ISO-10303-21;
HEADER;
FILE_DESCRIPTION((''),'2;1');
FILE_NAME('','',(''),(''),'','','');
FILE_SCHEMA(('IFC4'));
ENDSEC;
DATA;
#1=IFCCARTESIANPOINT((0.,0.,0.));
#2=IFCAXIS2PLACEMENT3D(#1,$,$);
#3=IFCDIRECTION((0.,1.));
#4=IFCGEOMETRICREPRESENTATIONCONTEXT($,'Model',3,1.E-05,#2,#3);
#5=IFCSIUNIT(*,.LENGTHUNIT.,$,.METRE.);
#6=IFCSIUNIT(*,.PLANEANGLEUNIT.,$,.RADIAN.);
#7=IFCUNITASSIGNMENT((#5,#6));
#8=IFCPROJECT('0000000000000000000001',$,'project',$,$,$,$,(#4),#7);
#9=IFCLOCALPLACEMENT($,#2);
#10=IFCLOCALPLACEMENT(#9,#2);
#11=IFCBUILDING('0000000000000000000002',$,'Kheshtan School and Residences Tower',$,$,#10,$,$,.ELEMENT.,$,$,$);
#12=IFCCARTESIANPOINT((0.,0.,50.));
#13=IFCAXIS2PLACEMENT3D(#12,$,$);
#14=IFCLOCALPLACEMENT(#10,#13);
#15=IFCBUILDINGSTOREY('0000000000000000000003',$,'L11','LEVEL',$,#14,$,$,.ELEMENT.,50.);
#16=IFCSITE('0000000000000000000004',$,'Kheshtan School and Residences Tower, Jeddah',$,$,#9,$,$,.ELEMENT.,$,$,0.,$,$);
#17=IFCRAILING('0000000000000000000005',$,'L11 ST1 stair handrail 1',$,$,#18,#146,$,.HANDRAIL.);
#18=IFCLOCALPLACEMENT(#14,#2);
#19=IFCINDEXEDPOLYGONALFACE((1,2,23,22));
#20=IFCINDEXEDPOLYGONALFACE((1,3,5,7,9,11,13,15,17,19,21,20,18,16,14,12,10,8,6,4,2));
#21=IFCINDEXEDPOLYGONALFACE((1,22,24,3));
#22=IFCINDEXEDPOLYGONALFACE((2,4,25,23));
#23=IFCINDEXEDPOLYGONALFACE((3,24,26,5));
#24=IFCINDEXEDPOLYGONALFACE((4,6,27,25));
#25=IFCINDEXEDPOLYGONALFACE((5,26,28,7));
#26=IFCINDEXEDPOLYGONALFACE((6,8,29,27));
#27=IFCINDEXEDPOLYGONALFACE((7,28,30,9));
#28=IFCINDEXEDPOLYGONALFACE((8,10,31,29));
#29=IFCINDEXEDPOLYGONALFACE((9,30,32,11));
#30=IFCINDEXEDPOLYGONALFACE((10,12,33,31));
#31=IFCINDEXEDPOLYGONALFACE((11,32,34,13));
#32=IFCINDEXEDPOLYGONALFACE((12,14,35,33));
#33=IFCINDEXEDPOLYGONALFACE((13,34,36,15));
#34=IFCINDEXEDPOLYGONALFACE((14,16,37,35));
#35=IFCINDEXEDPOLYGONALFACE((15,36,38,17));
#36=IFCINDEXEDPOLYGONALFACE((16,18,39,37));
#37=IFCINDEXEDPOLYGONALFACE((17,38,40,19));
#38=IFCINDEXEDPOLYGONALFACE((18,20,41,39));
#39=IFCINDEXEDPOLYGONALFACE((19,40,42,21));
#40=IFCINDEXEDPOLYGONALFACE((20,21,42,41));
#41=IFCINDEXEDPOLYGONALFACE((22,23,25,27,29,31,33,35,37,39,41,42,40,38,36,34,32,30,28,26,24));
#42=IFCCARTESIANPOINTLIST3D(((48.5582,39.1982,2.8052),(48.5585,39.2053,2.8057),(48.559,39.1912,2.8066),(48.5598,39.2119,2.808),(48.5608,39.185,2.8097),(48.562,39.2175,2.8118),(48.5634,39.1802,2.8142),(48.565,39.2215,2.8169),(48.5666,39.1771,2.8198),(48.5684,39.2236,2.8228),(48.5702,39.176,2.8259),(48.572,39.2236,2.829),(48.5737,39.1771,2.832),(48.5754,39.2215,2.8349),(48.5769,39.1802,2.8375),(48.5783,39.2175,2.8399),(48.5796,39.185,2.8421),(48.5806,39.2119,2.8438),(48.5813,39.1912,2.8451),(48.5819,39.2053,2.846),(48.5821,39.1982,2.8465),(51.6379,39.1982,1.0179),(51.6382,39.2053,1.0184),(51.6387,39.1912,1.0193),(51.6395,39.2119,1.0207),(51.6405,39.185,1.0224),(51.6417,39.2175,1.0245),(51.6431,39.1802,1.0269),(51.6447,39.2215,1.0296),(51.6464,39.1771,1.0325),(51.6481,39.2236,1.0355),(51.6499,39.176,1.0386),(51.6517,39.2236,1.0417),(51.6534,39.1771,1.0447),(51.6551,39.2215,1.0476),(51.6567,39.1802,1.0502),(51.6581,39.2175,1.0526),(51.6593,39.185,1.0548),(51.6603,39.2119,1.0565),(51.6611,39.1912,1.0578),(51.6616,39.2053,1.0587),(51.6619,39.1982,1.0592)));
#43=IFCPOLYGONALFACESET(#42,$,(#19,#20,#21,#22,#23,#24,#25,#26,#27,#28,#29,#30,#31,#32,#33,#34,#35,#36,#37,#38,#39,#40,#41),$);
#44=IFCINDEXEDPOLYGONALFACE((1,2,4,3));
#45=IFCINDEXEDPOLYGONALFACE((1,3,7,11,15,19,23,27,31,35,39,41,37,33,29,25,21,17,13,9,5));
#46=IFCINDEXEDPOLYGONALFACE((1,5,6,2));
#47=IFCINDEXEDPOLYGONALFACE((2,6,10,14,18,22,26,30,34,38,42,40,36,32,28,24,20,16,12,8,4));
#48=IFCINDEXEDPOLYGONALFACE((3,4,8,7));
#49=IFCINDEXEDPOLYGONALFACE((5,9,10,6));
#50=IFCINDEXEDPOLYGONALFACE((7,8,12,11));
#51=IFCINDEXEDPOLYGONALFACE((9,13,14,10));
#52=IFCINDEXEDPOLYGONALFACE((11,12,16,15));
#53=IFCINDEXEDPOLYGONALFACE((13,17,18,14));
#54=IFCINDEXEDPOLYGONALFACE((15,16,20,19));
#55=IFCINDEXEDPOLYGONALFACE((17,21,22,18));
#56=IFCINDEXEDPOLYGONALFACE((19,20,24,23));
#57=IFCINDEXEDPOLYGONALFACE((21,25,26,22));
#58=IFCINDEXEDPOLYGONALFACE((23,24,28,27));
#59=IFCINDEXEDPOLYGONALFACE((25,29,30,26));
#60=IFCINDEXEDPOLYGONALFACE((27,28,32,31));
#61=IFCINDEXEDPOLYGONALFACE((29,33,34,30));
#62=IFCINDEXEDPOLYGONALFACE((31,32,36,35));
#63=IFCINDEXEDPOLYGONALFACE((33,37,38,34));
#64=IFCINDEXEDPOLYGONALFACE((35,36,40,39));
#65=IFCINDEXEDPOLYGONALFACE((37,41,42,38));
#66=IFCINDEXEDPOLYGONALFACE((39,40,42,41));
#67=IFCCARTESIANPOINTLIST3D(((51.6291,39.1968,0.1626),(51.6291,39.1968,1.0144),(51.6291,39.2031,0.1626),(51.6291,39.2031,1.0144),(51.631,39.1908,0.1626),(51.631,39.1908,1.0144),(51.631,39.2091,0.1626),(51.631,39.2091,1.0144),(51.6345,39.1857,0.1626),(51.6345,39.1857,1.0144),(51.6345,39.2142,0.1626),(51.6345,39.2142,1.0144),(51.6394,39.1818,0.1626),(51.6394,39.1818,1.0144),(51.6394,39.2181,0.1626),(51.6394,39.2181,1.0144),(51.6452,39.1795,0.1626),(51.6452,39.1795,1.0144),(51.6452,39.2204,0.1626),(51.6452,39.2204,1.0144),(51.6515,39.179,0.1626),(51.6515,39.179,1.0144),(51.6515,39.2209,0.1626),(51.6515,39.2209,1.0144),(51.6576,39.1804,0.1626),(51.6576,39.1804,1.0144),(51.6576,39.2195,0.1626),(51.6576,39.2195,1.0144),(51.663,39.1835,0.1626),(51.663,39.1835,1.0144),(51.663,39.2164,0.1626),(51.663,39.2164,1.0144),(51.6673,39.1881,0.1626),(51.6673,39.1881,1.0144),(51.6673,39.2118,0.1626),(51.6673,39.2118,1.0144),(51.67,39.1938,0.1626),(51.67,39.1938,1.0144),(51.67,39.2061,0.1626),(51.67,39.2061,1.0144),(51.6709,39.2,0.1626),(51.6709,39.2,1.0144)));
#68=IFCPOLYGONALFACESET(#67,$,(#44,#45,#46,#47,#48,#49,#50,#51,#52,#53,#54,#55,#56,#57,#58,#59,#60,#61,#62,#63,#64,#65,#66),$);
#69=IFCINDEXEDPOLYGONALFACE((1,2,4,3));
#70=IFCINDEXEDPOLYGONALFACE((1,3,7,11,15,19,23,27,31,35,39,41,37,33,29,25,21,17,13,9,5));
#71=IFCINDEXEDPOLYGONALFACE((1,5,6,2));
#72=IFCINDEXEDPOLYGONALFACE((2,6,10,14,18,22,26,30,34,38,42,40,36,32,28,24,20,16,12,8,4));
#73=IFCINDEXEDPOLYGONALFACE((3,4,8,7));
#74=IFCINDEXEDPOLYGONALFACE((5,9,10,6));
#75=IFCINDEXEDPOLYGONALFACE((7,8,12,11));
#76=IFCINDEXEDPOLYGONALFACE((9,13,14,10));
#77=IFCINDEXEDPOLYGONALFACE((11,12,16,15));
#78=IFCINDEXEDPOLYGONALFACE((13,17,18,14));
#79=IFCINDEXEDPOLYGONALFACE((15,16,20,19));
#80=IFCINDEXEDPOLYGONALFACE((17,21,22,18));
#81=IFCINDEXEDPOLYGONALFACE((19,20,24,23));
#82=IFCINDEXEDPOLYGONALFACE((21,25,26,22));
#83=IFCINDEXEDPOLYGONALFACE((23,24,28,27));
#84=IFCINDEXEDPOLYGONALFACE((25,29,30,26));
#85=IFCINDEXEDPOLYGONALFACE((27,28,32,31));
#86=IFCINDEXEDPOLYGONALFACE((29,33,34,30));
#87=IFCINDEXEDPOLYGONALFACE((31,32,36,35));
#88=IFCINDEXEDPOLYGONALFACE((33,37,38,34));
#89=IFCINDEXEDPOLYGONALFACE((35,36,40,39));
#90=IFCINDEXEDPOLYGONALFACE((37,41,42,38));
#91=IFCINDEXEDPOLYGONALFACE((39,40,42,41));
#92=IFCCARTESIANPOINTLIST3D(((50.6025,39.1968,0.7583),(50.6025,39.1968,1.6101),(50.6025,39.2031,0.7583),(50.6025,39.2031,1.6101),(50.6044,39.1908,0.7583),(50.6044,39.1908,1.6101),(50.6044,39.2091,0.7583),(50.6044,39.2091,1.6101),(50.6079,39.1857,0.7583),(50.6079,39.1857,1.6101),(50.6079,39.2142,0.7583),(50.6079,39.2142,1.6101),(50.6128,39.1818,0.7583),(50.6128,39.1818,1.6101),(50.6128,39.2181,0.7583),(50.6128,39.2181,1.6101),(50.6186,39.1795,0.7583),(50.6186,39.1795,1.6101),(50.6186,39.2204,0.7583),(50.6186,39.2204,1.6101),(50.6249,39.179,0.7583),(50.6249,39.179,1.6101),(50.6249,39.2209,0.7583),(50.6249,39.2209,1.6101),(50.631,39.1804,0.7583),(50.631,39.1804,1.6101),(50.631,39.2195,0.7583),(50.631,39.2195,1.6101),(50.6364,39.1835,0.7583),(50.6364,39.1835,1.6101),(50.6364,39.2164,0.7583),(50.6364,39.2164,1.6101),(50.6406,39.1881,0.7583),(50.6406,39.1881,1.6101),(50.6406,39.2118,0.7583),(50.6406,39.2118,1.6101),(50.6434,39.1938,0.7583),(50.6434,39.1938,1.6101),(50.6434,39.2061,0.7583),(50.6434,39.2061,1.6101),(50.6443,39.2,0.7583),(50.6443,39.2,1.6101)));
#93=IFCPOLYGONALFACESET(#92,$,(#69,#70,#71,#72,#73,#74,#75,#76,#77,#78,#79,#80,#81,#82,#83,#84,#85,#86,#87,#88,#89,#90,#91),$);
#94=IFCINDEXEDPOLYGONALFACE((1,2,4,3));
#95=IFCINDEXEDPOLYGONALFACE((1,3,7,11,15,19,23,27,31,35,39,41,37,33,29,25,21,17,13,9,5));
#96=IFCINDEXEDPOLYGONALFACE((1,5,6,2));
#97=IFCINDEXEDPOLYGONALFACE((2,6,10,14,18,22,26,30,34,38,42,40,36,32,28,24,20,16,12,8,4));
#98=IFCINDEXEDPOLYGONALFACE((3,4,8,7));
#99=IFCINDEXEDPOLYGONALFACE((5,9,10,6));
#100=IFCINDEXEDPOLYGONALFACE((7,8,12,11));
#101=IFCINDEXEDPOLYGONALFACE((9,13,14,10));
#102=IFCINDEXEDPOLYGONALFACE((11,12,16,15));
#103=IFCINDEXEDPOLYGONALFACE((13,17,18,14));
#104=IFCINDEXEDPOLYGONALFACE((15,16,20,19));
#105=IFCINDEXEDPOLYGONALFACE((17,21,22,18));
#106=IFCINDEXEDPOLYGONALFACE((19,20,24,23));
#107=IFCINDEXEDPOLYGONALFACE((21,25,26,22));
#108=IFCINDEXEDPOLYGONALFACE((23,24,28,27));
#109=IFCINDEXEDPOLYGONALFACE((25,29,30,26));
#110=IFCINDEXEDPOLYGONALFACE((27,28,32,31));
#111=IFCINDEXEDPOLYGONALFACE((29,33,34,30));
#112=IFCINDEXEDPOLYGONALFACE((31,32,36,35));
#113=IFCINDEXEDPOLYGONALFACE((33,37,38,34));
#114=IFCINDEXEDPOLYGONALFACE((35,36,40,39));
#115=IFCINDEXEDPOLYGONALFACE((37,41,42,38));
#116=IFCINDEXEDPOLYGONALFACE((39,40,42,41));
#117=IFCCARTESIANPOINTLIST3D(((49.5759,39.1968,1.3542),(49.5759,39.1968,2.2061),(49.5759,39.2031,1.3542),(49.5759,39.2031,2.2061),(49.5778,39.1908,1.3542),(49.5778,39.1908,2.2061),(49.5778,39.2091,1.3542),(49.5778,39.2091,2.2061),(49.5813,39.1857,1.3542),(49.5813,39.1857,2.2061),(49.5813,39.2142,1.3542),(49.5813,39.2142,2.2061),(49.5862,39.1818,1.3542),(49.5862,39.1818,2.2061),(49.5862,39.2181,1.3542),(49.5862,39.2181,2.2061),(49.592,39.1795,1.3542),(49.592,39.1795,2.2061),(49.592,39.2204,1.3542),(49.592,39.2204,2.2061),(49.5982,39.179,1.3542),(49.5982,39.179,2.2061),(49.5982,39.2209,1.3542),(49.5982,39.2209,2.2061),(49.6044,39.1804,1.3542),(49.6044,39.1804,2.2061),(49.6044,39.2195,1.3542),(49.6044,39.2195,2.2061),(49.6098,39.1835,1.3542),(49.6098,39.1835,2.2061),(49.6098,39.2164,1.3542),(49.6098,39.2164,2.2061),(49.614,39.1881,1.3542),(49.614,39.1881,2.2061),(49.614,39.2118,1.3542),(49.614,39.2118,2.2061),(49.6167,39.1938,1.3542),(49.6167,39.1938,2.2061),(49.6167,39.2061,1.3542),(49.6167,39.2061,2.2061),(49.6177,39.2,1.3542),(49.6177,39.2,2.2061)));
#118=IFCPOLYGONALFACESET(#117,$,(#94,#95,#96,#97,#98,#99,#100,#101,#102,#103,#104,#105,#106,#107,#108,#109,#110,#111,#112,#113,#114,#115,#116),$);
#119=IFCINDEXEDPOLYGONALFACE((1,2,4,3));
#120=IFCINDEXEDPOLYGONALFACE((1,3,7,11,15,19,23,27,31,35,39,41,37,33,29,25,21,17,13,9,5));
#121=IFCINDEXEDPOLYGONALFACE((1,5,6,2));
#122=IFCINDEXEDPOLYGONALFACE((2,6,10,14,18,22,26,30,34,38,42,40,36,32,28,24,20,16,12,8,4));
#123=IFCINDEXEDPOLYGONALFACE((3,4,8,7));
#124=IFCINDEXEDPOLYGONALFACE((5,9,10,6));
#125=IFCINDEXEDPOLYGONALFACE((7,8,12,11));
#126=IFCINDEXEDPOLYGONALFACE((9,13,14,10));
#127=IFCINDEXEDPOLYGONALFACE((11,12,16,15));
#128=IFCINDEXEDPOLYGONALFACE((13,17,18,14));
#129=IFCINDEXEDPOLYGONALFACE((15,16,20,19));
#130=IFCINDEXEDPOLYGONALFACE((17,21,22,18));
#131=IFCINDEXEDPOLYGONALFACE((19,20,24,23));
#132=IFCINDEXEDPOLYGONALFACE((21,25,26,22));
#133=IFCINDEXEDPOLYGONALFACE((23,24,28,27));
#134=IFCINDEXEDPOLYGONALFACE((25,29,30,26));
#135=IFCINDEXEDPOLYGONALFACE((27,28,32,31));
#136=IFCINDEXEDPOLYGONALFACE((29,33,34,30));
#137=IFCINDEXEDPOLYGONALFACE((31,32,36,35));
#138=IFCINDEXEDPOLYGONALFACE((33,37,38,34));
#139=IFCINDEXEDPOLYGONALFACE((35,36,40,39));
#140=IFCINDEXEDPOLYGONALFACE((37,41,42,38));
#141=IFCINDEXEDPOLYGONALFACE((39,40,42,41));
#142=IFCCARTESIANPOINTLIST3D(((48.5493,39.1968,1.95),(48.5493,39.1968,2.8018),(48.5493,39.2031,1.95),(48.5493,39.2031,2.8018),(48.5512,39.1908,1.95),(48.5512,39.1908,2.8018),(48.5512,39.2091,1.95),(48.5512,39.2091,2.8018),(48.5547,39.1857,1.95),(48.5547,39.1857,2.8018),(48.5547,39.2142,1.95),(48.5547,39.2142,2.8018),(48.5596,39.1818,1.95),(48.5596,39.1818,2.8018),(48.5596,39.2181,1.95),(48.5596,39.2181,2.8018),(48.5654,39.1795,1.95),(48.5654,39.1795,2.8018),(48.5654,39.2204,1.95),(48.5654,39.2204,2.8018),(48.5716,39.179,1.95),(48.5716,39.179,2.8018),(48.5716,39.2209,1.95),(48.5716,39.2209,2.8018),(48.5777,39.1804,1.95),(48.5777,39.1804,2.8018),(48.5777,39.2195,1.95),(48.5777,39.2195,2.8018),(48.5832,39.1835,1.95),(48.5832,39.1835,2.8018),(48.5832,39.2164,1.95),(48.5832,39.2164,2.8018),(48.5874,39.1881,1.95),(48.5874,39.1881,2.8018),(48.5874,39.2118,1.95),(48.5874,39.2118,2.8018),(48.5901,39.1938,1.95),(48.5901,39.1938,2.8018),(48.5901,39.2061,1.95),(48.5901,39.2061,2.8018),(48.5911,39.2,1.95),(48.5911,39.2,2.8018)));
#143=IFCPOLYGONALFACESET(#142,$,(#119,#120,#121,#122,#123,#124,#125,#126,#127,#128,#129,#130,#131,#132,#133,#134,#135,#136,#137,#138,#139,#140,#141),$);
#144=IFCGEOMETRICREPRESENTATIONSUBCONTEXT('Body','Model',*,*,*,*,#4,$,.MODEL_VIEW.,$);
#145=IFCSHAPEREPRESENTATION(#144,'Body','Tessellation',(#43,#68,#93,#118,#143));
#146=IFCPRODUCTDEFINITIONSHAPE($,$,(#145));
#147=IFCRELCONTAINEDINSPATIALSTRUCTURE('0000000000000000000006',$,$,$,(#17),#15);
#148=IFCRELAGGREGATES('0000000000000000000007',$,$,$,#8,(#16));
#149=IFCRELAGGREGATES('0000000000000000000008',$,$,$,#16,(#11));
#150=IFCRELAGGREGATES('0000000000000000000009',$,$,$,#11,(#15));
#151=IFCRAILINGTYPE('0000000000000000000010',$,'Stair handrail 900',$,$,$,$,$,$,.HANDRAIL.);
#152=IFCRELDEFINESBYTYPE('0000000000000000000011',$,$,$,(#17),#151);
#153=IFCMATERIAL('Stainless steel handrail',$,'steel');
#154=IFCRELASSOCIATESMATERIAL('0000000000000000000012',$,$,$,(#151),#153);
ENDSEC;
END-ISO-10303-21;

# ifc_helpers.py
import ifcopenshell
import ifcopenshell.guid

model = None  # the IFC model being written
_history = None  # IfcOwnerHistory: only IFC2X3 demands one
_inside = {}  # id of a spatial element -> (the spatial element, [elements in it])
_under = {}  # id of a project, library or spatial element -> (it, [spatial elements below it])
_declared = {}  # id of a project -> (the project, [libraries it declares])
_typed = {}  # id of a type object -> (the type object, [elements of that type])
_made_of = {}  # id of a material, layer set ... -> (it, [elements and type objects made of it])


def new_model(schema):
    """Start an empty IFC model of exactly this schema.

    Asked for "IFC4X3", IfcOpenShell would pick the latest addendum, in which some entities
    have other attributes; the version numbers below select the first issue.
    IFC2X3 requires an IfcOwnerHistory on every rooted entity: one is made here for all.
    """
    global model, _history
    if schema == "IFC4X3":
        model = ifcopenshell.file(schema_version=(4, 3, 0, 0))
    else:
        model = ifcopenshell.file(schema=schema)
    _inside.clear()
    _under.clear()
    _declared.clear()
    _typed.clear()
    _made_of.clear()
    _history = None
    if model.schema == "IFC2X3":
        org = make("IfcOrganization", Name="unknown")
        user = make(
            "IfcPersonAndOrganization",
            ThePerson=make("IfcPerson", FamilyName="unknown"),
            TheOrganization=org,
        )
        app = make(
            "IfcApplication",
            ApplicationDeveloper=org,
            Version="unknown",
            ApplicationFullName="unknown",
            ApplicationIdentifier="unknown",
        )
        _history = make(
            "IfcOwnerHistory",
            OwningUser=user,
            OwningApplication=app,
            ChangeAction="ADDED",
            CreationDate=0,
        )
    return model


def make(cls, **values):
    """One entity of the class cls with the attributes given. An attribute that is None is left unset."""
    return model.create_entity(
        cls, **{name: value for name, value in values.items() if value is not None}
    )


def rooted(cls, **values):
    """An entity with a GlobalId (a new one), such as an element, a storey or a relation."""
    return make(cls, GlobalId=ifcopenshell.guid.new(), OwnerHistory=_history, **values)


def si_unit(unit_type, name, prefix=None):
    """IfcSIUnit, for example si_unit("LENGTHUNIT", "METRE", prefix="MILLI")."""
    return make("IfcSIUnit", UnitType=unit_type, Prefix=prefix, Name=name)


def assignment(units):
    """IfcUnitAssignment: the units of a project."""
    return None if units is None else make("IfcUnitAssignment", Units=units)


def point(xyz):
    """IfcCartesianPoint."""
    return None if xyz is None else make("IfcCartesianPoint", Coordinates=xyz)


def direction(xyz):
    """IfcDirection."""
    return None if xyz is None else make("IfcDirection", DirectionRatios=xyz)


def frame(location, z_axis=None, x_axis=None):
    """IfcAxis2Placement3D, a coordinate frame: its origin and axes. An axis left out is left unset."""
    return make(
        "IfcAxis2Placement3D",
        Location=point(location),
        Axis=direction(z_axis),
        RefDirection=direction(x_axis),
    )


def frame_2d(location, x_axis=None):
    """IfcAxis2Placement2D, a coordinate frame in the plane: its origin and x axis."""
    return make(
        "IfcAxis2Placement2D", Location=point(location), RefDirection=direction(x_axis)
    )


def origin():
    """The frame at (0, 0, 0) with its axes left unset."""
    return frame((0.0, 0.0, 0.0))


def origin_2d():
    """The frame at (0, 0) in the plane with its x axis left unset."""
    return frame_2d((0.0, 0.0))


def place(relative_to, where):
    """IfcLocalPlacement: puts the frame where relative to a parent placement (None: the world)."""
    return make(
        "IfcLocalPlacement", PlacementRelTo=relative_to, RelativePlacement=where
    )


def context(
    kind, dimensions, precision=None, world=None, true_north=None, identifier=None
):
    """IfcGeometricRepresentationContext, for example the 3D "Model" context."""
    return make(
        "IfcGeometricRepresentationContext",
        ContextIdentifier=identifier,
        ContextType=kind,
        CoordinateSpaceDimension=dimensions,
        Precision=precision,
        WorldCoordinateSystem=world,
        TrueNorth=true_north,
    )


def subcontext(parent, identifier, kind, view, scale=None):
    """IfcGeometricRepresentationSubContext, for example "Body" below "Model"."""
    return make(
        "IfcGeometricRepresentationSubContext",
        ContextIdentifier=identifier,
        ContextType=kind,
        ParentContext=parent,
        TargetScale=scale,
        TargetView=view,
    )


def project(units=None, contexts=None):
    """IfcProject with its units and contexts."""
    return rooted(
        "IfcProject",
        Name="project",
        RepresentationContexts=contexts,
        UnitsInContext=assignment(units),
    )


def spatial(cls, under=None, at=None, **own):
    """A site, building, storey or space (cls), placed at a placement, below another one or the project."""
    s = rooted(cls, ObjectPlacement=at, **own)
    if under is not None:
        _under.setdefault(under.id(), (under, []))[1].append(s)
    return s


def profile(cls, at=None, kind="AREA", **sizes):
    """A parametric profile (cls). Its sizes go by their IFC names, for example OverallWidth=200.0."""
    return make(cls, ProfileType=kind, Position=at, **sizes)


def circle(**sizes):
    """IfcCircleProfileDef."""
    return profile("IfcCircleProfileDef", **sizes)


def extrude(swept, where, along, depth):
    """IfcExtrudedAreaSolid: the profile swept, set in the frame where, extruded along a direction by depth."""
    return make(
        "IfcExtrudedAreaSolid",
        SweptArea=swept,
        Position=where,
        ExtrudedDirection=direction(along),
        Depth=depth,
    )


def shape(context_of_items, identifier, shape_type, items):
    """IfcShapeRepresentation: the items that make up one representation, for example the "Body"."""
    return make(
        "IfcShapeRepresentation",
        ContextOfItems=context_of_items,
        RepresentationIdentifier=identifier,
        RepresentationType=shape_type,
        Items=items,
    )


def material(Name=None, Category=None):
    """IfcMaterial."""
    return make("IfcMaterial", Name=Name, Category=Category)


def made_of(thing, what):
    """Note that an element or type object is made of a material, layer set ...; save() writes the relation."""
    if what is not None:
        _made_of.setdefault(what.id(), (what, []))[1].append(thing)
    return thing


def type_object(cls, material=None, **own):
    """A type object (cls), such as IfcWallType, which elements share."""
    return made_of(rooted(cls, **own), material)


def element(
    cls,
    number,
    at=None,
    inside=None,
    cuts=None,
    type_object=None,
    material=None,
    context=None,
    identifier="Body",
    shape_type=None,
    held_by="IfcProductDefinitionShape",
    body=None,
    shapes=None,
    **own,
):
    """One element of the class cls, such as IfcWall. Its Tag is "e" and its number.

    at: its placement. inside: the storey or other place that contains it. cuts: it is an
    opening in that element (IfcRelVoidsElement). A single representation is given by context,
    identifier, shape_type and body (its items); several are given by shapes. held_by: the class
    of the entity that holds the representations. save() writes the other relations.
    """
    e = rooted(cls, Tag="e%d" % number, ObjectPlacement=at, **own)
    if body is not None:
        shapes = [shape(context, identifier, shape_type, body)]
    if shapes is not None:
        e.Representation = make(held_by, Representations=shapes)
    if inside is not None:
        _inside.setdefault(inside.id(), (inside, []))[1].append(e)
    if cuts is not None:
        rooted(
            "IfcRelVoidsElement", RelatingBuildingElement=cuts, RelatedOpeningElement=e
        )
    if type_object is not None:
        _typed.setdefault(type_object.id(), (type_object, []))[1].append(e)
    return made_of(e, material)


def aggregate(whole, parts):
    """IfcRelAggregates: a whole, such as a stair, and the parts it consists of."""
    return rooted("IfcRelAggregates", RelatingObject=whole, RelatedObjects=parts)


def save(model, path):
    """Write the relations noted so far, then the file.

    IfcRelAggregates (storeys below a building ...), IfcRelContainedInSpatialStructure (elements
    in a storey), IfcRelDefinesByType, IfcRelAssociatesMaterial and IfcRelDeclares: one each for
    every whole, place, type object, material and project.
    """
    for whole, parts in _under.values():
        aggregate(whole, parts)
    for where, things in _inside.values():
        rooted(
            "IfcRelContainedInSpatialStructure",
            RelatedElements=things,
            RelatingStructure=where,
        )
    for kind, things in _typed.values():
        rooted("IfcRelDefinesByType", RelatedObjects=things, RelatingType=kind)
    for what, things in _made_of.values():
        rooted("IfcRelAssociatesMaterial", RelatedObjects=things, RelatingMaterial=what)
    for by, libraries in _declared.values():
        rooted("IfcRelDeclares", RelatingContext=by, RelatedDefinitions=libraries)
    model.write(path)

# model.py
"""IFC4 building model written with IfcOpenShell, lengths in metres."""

from ifc_helpers import new_model, si_unit, direction, frame, origin, origin_2d, place, context, subcontext, project, spatial, circle, extrude, material, type_object, element, save


model = new_model("IFC4")

# Units and contexts
model_context = context("Model", 3, precision=1e-05, world=origin(), true_north=direction((0.0, 1.0)))
body_context = subcontext(model_context, "Body", "Model", "MODEL_VIEW")
ifc_project = project(units=[si_unit("LENGTHUNIT", "METRE"), si_unit("PLANEANGLEUNIT", "RADIAN")], contexts=[model_context])

# Site, building, storey
site_placement = place(None, origin())
site = spatial("IfcSite", under=ifc_project, at=site_placement, Name="Kheshtan School and Residences Tower, Jeddah", CompositionType="ELEMENT", RefElevation=0.0)
building_placement = place(site_placement, origin())
building = spatial("IfcBuilding", under=site, at=building_placement, Name="Kheshtan School and Residences Tower", CompositionType="ELEMENT")
storey_placement = place(building_placement, frame((0.0, 0.0, 50.0)))
storey = spatial("IfcBuildingStorey", under=building, at=storey_placement, Name="L11", Description="LEVEL", CompositionType="ELEMENT", Elevation=50.0)

# Railing
ifc_material_1 = material(Name="Stainless steel handrail", Category="steel")
railing_type_1 = type_object("IfcRailingType", Name="Stair handrail 900", PredefinedType="HANDRAIL", material=ifc_material_1)
railing_1_placement = place(storey_placement, frame((51.6499, 39.2, 0.1626)))
element("IfcRailing", 1, at=railing_1_placement, inside=storey, type_object=railing_type_1, Name="L11 ST1 stair handrail 1", PredefinedType="HANDRAIL", context=body_context, shape_type="SweptSolid", body=[
    extrude(circle(Radius=0.0239, at=origin_2d()), frame((0.0, 0.0, 0.876), z_axis=(-0.864903, 0.0, 0.501939), x_axis=(0.0, -1.0, 0.0)), (0.0, 0.0, 1.0), 3.5608),
    extrude(circle(Radius=0.021, at=origin_2d()), origin(), (0.0, 0.0, 1.0), 0.8518),
    extrude(circle(Radius=0.021, at=origin_2d()), frame((-1.0266, 0.0, 0.5957)), (0.0, 0.0, 1.0), 0.8518),
    extrude(circle(Radius=0.021, at=origin_2d()), frame((-2.0532, 0.0, 1.1917)), (0.0, 0.0, 1.0), 0.8518),
    extrude(circle(Radius=0.021, at=origin_2d()), frame((-3.0798, 0.0, 1.7874)), (0.0, 0.0, 1.0), 0.8518),
])

save(model, "model.ifc")
